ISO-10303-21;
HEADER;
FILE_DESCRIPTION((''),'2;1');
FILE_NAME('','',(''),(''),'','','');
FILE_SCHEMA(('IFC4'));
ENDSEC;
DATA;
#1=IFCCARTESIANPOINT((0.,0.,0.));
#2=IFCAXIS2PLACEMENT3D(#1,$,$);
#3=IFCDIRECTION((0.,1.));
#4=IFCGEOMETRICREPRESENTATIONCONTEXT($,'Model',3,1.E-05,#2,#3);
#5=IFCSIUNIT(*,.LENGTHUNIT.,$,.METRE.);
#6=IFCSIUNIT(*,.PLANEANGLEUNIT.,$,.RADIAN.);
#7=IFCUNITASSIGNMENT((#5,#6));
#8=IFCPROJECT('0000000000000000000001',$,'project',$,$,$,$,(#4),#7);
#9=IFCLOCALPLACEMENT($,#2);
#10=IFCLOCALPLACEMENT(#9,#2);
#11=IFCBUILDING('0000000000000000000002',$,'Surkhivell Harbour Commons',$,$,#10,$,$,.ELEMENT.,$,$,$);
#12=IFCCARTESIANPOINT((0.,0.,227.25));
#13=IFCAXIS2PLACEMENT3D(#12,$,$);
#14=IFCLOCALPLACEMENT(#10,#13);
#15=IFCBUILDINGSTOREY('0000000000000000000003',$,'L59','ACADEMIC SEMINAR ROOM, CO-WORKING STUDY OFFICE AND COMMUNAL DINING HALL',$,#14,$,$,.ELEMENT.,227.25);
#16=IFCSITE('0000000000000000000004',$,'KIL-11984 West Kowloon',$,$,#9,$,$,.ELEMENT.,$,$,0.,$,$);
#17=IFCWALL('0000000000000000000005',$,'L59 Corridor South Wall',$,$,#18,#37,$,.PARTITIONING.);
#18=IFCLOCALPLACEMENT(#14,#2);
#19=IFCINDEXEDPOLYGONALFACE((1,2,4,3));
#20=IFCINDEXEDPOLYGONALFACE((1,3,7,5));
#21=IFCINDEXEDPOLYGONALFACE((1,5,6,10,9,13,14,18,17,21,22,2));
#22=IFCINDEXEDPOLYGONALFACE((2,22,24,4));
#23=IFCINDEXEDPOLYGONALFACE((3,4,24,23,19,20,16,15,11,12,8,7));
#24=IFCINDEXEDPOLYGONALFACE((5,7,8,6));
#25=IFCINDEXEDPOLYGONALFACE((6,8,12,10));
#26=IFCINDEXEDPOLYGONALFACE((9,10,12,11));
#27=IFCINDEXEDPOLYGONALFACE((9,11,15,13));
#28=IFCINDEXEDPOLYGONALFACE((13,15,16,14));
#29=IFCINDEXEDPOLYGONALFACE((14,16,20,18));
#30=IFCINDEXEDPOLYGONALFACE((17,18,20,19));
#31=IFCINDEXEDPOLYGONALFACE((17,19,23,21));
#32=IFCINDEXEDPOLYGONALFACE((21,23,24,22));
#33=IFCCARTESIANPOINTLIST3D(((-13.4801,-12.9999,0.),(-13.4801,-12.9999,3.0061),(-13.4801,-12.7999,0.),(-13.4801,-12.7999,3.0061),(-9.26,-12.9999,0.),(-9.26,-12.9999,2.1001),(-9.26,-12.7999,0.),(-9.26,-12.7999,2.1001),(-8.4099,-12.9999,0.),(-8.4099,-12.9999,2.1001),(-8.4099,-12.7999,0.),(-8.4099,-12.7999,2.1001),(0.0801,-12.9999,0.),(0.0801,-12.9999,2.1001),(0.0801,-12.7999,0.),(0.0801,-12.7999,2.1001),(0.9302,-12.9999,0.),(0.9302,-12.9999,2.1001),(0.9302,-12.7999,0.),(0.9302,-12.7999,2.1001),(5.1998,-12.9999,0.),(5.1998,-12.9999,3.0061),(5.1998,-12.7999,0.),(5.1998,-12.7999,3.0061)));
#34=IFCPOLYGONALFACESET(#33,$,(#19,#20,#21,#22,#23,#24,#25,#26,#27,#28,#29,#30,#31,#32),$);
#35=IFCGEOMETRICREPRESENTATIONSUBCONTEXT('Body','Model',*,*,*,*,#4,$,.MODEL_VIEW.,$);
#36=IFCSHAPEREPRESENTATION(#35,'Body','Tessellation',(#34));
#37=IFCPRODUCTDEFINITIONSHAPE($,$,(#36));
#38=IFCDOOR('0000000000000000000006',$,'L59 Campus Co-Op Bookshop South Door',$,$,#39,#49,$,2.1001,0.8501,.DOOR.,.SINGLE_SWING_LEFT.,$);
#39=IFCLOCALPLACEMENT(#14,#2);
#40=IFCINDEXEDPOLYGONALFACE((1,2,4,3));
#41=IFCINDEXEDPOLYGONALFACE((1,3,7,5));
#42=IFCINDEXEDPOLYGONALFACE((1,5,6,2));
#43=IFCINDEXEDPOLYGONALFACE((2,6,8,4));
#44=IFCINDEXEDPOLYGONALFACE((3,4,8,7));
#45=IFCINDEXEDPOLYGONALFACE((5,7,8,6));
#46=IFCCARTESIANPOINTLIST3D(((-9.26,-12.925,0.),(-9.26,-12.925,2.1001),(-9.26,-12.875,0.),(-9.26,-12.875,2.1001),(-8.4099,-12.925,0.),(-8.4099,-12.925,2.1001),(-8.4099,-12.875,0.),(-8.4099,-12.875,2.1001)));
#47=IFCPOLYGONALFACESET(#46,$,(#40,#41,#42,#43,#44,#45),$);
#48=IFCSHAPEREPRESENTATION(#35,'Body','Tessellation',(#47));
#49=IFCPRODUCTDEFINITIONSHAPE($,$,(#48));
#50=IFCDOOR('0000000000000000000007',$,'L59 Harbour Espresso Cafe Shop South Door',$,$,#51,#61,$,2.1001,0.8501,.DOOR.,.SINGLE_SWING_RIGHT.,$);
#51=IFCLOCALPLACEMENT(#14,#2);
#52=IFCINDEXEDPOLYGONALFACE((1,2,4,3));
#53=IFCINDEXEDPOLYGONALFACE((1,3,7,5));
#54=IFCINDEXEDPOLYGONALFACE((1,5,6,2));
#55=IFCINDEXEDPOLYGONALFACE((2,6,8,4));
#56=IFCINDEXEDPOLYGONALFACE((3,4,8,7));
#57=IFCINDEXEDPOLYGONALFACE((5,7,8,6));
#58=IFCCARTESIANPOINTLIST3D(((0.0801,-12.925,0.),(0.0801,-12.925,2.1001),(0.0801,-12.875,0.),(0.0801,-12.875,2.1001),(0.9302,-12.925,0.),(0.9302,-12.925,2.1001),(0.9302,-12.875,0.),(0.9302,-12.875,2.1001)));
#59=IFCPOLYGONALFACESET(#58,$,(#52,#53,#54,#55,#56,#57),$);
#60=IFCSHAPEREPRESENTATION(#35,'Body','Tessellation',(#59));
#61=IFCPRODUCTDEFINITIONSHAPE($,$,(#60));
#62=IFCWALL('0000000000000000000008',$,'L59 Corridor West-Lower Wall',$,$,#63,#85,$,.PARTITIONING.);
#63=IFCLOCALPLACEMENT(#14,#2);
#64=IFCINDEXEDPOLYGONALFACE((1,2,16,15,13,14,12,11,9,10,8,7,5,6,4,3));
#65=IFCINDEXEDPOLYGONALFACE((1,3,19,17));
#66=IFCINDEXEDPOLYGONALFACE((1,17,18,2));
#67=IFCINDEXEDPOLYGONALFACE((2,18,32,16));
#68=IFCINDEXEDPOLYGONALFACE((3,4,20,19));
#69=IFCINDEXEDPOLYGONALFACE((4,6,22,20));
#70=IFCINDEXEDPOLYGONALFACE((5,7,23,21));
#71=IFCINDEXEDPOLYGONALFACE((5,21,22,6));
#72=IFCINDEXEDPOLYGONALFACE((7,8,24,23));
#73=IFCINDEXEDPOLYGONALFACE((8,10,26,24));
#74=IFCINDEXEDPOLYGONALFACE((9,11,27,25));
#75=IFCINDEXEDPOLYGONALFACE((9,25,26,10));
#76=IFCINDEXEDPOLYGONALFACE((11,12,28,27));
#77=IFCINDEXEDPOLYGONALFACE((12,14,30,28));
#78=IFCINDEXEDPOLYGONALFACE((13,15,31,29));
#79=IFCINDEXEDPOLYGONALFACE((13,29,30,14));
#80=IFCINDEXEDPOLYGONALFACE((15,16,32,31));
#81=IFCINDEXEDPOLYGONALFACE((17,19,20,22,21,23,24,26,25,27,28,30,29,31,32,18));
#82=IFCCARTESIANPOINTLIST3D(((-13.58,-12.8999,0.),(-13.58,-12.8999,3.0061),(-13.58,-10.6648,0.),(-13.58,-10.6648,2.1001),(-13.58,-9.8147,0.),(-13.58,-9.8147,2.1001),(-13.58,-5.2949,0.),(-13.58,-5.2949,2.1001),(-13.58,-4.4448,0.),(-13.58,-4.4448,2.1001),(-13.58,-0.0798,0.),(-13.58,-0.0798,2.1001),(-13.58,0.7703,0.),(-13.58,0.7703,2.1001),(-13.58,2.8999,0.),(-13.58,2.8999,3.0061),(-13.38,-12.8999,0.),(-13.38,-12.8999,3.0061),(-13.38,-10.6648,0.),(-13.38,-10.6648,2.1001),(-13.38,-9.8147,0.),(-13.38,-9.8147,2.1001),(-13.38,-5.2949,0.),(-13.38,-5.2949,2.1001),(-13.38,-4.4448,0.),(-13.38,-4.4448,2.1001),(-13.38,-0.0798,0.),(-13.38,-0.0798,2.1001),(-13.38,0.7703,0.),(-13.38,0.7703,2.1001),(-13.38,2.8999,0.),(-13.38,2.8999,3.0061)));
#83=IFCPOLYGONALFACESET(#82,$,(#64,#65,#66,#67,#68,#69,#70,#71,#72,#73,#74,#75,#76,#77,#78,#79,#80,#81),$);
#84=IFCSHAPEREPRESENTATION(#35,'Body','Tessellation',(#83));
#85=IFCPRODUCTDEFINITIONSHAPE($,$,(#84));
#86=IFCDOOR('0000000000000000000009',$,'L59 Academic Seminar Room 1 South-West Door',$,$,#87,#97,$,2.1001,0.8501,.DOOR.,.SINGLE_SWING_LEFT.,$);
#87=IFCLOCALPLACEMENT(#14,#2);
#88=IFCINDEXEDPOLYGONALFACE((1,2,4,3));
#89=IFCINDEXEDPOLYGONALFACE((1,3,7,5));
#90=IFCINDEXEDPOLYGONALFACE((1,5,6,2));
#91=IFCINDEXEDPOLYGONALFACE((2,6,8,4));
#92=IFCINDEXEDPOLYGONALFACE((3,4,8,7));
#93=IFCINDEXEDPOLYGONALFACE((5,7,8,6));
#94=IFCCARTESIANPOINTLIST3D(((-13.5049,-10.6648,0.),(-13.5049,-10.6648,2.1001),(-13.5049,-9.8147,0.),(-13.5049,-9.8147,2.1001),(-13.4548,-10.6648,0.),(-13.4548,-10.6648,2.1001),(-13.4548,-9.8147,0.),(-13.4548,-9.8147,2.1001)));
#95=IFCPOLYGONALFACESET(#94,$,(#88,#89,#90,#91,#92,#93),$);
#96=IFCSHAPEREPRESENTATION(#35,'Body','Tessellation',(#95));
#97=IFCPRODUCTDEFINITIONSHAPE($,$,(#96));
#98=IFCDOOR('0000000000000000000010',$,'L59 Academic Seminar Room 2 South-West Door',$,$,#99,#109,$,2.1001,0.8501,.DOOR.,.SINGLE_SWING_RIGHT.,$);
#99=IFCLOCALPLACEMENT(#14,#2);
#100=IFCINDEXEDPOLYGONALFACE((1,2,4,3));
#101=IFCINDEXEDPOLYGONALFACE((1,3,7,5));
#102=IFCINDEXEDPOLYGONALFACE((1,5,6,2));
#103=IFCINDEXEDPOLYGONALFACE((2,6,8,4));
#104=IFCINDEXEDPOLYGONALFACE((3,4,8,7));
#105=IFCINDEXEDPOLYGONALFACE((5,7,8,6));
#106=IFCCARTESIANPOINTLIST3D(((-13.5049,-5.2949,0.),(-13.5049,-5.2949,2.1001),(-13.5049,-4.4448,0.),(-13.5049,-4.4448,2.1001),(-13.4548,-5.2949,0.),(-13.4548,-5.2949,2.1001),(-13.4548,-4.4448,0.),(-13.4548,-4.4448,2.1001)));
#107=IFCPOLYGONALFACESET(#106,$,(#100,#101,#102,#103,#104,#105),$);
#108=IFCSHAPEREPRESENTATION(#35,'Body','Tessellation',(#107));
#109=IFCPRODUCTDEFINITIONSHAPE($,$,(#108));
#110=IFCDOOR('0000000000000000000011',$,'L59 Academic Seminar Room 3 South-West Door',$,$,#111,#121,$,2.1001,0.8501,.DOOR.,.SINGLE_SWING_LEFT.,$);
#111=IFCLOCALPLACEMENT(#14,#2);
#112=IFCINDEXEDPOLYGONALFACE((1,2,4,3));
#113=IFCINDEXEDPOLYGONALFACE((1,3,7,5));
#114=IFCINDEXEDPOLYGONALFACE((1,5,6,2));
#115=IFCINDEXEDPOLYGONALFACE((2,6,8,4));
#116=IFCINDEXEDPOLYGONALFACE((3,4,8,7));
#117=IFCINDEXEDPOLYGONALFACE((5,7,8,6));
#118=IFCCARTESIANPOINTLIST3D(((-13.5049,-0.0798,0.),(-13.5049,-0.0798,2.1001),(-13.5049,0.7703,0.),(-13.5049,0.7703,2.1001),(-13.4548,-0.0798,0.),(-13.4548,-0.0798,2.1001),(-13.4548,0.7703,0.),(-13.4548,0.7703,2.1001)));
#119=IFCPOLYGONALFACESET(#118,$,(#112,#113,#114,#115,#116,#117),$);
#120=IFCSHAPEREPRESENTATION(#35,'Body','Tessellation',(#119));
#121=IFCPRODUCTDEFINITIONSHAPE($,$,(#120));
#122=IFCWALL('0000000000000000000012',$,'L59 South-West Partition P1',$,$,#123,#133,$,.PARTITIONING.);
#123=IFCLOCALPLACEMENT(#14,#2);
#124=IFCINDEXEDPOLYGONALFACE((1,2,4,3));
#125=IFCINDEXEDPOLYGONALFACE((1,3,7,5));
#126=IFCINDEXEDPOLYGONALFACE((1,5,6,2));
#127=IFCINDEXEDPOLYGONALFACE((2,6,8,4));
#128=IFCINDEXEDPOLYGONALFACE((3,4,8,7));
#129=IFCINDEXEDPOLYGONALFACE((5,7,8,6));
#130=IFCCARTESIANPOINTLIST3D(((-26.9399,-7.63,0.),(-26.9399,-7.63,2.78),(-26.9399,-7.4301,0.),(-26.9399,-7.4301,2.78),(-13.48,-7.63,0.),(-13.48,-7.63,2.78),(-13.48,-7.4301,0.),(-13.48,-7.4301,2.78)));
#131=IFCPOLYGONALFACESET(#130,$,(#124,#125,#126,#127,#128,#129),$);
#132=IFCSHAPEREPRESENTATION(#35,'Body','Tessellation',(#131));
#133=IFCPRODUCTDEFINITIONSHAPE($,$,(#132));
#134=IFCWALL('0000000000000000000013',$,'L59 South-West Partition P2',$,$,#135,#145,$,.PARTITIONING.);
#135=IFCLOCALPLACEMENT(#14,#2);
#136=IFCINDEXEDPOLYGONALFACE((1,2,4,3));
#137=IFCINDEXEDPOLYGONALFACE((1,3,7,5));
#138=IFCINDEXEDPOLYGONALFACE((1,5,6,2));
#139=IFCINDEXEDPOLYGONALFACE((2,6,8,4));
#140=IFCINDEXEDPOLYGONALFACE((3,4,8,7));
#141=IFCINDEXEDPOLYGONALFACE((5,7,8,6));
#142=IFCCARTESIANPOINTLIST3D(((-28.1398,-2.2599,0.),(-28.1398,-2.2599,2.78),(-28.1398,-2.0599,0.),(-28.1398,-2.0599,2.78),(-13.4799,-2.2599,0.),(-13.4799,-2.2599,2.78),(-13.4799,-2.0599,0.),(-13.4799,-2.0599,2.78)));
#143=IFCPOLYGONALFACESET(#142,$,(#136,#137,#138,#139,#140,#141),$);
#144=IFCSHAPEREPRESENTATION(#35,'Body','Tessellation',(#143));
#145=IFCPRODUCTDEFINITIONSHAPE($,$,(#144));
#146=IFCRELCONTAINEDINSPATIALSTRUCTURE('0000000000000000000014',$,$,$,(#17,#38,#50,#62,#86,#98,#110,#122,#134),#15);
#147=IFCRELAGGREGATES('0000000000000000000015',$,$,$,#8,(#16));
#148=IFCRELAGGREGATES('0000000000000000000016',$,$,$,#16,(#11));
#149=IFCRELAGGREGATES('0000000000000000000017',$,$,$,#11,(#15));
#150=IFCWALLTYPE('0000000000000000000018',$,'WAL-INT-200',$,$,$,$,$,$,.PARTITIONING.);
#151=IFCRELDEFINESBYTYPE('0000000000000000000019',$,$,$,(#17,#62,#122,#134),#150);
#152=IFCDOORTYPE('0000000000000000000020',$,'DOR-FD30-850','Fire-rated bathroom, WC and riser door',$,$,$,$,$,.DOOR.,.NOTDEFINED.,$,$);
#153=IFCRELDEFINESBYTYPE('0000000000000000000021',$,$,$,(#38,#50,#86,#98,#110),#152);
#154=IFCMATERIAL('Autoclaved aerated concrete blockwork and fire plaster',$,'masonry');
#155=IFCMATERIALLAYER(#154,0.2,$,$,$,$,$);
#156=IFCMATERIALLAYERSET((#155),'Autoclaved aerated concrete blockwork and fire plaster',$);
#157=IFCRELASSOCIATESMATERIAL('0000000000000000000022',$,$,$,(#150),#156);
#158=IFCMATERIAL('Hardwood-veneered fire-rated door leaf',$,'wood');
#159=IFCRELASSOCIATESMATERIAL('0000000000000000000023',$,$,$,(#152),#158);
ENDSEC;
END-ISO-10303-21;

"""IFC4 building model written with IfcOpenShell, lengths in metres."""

from ifc_helpers import new_model, si_unit, direction, frame, frame_2d, origin, place, context, subcontext, project, spatial, rectangle, extrude, material, layer, layer_set, type_object, element, fill, save


model = new_model("IFC4")

# Units and contexts
model_context = context("Model", 3, precision=1e-05, world=origin(), true_north=direction((0.0, 1.0)))
body_context = subcontext(model_context, "Body", "Model", "MODEL_VIEW")
ifc_project = project(units=[si_unit("LENGTHUNIT", "METRE"), si_unit("PLANEANGLEUNIT", "RADIAN")], contexts=[model_context])

# Site, building, storey
site_placement = place(None, origin())
site = spatial("IfcSite", under=ifc_project, at=site_placement, Name="KIL-11984 West Kowloon", CompositionType="ELEMENT", RefElevation=0.0)
building_placement = place(site_placement, origin())
building = spatial("IfcBuilding", under=site, at=building_placement, Name="Surkhivell Harbour Commons", CompositionType="ELEMENT")
storey_placement = place(building_placement, frame((0.0, 0.0, 227.25)))
storey = spatial("IfcBuildingStorey", under=building, at=storey_placement, Name="L59", Description="ACADEMIC SEMINAR ROOM, CO-WORKING STUDY OFFICE AND COMMUNAL DINING HALL", CompositionType="ELEMENT", Elevation=227.25)

# Walls, openings, doors
ifc_material_1 = material(Name="Autoclaved aerated concrete blockwork and fire plaster", Category="masonry")
ifc_layer_1 = layer(ifc_material_1, 0.2)
ifc_layer_set_1 = layer_set([ifc_layer_1], Name="Autoclaved aerated concrete blockwork and fire plaster")
wall_type_1 = type_object("IfcWallType", Name="WAL-INT-200", PredefinedType="PARTITIONING", material=ifc_layer_set_1)
wall_1_placement = place(storey_placement, frame((-13.48, -12.8999, 0.0), z_axis=(0.0, 0.0, 1.0), x_axis=(1.0, 0.0, 0.0)))
wall_1 = element("IfcWall", 1, at=wall_1_placement, inside=storey, type_object=wall_type_1, Name="L59 Corridor South Wall", PredefinedType="PARTITIONING", context=body_context, shape_type="SweptSolid", body=[
    extrude(rectangle(XDim=18.6799, YDim=0.2, at=frame_2d((9.3398, 0.0))), origin(), (0.0, 0.0, 1.0), 3.0061),
])
opening_1_placement = place(wall_1_placement, frame((4.22, 0.0, 0.0)))
opening_1 = element("IfcOpeningElement", 2, at=opening_1_placement, cuts=wall_1, PredefinedType="OPENING", context=body_context, shape_type="SweptSolid", body=[
    extrude(rectangle(XDim=0.8501, YDim=2.1001, at=frame_2d((0.425, 1.05))), frame((0.0, 0.1099, 0.0), z_axis=(0.0, -1.0, 0.0), x_axis=(1.0, 0.0, 0.0)), (0.0, 0.0, 1.0), 0.22),
])
opening_2_placement = place(wall_1_placement, frame((13.5601, 0.0, 0.0)))
opening_2 = element("IfcOpeningElement", 3, at=opening_2_placement, cuts=wall_1, PredefinedType="OPENING", context=body_context, shape_type="SweptSolid", body=[
    extrude(rectangle(XDim=0.8501, YDim=2.1001, at=frame_2d((0.425, 1.05))), frame((0.0, 0.1099, 0.0), z_axis=(0.0, -1.0, 0.0), x_axis=(1.0, 0.0, 0.0)), (0.0, 0.0, 1.0), 0.22),
])
ifc_material_2 = material(Name="Hardwood-veneered fire-rated door leaf", Category="wood")
door_type = type_object("IfcDoorType", Name="DOR-FD30-850", Description="Fire-rated bathroom, WC and riser door", OperationType="NOTDEFINED", PredefinedType="DOOR", material=ifc_material_2)
door_1_placement = place(opening_1_placement, origin())
door_1 = element("IfcDoor", 4, at=door_1_placement, inside=storey, type_object=door_type, Name="L59 Campus Co-Op Bookshop South Door", OperationType="SINGLE_SWING_LEFT", OverallHeight=2.1001, OverallWidth=0.8501, PredefinedType="DOOR", context=body_context, shape_type="SweptSolid", body=[
    extrude(rectangle(XDim=0.8501, YDim=2.1001, at=frame_2d((0.425, 1.05))), frame((0.0, 0.0249, 0.0), z_axis=(0.0, -1.0, 0.0), x_axis=(1.0, 0.0, 0.0)), (0.0, 0.0, 1.0), 0.05),
])
fill(opening_1, door_1)
door_2_placement = place(opening_2_placement, origin())
door_2 = element("IfcDoor", 5, at=door_2_placement, inside=storey, type_object=door_type, Name="L59 Harbour Espresso Cafe Shop South Door", OperationType="SINGLE_SWING_RIGHT", OverallHeight=2.1001, OverallWidth=0.8501, PredefinedType="DOOR", context=body_context, shape_type="SweptSolid", body=[
    extrude(rectangle(XDim=0.8501, YDim=2.1001, at=frame_2d((0.425, 1.05))), frame((0.0, 0.0249, 0.0), z_axis=(0.0, -1.0, 0.0), x_axis=(1.0, 0.0, 0.0)), (0.0, 0.0, 1.0), 0.05),
])
fill(opening_2, door_2)
wall_2_placement = place(storey_placement, frame((-13.48, -12.8999, 0.0), z_axis=(0.0, 0.0, 1.0), x_axis=(0.0, 1.0, 0.0)))
wall_2 = element("IfcWall", 6, at=wall_2_placement, inside=storey, type_object=wall_type_1, Name="L59 Corridor West-Lower Wall", PredefinedType="PARTITIONING", context=body_context, shape_type="SweptSolid", body=[
    extrude(rectangle(XDim=15.7998, YDim=0.2, at=frame_2d((7.8999, 0.0))), origin(), (0.0, 0.0, 1.0), 3.0061),
])
opening_3_placement = place(wall_2_placement, frame((2.2351, 0.0, 0.0)))
opening_3 = element("IfcOpeningElement", 7, at=opening_3_placement, cuts=wall_2, PredefinedType="OPENING", context=body_context, shape_type="SweptSolid", body=[
    extrude(rectangle(XDim=0.8501, YDim=2.1001, at=frame_2d((0.425, 1.05))), frame((0.0, 0.1099, 0.0), z_axis=(0.0, -1.0, 0.0), x_axis=(1.0, 0.0, 0.0)), (0.0, 0.0, 1.0), 0.22),
])
opening_4_placement = place(wall_2_placement, frame((7.605, 0.0, 0.0)))
opening_4 = element("IfcOpeningElement", 8, at=opening_4_placement, cuts=wall_2, PredefinedType="OPENING", context=body_context, shape_type="SweptSolid", body=[
    extrude(rectangle(XDim=0.8501, YDim=2.1001, at=frame_2d((0.425, 1.05))), frame((0.0, 0.1099, 0.0), z_axis=(0.0, -1.0, 0.0), x_axis=(1.0, 0.0, 0.0)), (0.0, 0.0, 1.0), 0.22),
])
opening_5_placement = place(wall_2_placement, frame((12.8201, 0.0, 0.0)))
opening_5 = element("IfcOpeningElement", 9, at=opening_5_placement, cuts=wall_2, PredefinedType="OPENING", context=body_context, shape_type="SweptSolid", body=[
    extrude(rectangle(XDim=0.8501, YDim=2.1001, at=frame_2d((0.425, 1.05))), frame((0.0, 0.1099, 0.0), z_axis=(0.0, -1.0, 0.0), x_axis=(1.0, 0.0, 0.0)), (0.0, 0.0, 1.0), 0.22),
])
door_3_placement = place(opening_3_placement, origin())
door_3 = element("IfcDoor", 10, at=door_3_placement, inside=storey, type_object=door_type, Name="L59 Academic Seminar Room 1 South-West Door", OperationType="SINGLE_SWING_LEFT", OverallHeight=2.1001, OverallWidth=0.8501, PredefinedType="DOOR", context=body_context, shape_type="SweptSolid", body=[
    extrude(rectangle(XDim=0.8501, YDim=2.1001, at=frame_2d((0.425, 1.05))), frame((0.0, 0.0249, 0.0), z_axis=(0.0, -1.0, 0.0), x_axis=(1.0, 0.0, 0.0)), (0.0, 0.0, 1.0), 0.05),
])
fill(opening_3, door_3)
door_4_placement = place(opening_4_placement, origin())
door_4 = element("IfcDoor", 11, at=door_4_placement, inside=storey, type_object=door_type, Name="L59 Academic Seminar Room 2 South-West Door", OperationType="SINGLE_SWING_RIGHT", OverallHeight=2.1001, OverallWidth=0.8501, PredefinedType="DOOR", context=body_context, shape_type="SweptSolid", body=[
    extrude(rectangle(XDim=0.8501, YDim=2.1001, at=frame_2d((0.425, 1.05))), frame((0.0, 0.0249, 0.0), z_axis=(0.0, -1.0, 0.0), x_axis=(1.0, 0.0, 0.0)), (0.0, 0.0, 1.0), 0.05),
])
fill(opening_4, door_4)
door_5_placement = place(opening_5_placement, origin())
door_5 = element("IfcDoor", 12, at=door_5_placement, inside=storey, type_object=door_type, Name="L59 Academic Seminar Room 3 South-West Door", OperationType="SINGLE_SWING_LEFT", OverallHeight=2.1001, OverallWidth=0.8501, PredefinedType="DOOR", context=body_context, shape_type="SweptSolid", body=[
    extrude(rectangle(XDim=0.8501, YDim=2.1001, at=frame_2d((0.425, 1.05))), frame((0.0, 0.0249, 0.0), z_axis=(0.0, -1.0, 0.0), x_axis=(1.0, 0.0, 0.0)), (0.0, 0.0, 1.0), 0.05),
])
fill(opening_5, door_5)

# Walls
wall_3_placement = place(storey_placement, frame((-26.9399, -7.53, 0.0), z_axis=(0.0, 0.0, 1.0), x_axis=(1.0, 0.0, 0.0)))
element("IfcWall", 13, at=wall_3_placement, inside=storey, type_object=wall_type_1, Name="L59 South-West Partition P1", PredefinedType="PARTITIONING", context=body_context, shape_type="SweptSolid", body=[
    extrude(rectangle(XDim=13.46, YDim=0.2, at=frame_2d((6.73, 0.0))), origin(), (0.0, 0.0, 1.0), 2.78),
])
wall_4_placement = place(storey_placement, frame((-28.1399, -2.1599, 0.0), z_axis=(0.0, 0.0, 1.0), x_axis=(1.0, 0.0, 0.0)))
element("IfcWall", 14, at=wall_4_placement, inside=storey, type_object=wall_type_1, Name="L59 South-West Partition P2", PredefinedType="PARTITIONING", context=body_context, shape_type="SweptSolid", body=[
    extrude(rectangle(XDim=14.6599, YDim=0.2, at=frame_2d((7.3301, 0.0))), origin(), (0.0, 0.0, 1.0), 2.78),
])

save(model, "model.ifc")
